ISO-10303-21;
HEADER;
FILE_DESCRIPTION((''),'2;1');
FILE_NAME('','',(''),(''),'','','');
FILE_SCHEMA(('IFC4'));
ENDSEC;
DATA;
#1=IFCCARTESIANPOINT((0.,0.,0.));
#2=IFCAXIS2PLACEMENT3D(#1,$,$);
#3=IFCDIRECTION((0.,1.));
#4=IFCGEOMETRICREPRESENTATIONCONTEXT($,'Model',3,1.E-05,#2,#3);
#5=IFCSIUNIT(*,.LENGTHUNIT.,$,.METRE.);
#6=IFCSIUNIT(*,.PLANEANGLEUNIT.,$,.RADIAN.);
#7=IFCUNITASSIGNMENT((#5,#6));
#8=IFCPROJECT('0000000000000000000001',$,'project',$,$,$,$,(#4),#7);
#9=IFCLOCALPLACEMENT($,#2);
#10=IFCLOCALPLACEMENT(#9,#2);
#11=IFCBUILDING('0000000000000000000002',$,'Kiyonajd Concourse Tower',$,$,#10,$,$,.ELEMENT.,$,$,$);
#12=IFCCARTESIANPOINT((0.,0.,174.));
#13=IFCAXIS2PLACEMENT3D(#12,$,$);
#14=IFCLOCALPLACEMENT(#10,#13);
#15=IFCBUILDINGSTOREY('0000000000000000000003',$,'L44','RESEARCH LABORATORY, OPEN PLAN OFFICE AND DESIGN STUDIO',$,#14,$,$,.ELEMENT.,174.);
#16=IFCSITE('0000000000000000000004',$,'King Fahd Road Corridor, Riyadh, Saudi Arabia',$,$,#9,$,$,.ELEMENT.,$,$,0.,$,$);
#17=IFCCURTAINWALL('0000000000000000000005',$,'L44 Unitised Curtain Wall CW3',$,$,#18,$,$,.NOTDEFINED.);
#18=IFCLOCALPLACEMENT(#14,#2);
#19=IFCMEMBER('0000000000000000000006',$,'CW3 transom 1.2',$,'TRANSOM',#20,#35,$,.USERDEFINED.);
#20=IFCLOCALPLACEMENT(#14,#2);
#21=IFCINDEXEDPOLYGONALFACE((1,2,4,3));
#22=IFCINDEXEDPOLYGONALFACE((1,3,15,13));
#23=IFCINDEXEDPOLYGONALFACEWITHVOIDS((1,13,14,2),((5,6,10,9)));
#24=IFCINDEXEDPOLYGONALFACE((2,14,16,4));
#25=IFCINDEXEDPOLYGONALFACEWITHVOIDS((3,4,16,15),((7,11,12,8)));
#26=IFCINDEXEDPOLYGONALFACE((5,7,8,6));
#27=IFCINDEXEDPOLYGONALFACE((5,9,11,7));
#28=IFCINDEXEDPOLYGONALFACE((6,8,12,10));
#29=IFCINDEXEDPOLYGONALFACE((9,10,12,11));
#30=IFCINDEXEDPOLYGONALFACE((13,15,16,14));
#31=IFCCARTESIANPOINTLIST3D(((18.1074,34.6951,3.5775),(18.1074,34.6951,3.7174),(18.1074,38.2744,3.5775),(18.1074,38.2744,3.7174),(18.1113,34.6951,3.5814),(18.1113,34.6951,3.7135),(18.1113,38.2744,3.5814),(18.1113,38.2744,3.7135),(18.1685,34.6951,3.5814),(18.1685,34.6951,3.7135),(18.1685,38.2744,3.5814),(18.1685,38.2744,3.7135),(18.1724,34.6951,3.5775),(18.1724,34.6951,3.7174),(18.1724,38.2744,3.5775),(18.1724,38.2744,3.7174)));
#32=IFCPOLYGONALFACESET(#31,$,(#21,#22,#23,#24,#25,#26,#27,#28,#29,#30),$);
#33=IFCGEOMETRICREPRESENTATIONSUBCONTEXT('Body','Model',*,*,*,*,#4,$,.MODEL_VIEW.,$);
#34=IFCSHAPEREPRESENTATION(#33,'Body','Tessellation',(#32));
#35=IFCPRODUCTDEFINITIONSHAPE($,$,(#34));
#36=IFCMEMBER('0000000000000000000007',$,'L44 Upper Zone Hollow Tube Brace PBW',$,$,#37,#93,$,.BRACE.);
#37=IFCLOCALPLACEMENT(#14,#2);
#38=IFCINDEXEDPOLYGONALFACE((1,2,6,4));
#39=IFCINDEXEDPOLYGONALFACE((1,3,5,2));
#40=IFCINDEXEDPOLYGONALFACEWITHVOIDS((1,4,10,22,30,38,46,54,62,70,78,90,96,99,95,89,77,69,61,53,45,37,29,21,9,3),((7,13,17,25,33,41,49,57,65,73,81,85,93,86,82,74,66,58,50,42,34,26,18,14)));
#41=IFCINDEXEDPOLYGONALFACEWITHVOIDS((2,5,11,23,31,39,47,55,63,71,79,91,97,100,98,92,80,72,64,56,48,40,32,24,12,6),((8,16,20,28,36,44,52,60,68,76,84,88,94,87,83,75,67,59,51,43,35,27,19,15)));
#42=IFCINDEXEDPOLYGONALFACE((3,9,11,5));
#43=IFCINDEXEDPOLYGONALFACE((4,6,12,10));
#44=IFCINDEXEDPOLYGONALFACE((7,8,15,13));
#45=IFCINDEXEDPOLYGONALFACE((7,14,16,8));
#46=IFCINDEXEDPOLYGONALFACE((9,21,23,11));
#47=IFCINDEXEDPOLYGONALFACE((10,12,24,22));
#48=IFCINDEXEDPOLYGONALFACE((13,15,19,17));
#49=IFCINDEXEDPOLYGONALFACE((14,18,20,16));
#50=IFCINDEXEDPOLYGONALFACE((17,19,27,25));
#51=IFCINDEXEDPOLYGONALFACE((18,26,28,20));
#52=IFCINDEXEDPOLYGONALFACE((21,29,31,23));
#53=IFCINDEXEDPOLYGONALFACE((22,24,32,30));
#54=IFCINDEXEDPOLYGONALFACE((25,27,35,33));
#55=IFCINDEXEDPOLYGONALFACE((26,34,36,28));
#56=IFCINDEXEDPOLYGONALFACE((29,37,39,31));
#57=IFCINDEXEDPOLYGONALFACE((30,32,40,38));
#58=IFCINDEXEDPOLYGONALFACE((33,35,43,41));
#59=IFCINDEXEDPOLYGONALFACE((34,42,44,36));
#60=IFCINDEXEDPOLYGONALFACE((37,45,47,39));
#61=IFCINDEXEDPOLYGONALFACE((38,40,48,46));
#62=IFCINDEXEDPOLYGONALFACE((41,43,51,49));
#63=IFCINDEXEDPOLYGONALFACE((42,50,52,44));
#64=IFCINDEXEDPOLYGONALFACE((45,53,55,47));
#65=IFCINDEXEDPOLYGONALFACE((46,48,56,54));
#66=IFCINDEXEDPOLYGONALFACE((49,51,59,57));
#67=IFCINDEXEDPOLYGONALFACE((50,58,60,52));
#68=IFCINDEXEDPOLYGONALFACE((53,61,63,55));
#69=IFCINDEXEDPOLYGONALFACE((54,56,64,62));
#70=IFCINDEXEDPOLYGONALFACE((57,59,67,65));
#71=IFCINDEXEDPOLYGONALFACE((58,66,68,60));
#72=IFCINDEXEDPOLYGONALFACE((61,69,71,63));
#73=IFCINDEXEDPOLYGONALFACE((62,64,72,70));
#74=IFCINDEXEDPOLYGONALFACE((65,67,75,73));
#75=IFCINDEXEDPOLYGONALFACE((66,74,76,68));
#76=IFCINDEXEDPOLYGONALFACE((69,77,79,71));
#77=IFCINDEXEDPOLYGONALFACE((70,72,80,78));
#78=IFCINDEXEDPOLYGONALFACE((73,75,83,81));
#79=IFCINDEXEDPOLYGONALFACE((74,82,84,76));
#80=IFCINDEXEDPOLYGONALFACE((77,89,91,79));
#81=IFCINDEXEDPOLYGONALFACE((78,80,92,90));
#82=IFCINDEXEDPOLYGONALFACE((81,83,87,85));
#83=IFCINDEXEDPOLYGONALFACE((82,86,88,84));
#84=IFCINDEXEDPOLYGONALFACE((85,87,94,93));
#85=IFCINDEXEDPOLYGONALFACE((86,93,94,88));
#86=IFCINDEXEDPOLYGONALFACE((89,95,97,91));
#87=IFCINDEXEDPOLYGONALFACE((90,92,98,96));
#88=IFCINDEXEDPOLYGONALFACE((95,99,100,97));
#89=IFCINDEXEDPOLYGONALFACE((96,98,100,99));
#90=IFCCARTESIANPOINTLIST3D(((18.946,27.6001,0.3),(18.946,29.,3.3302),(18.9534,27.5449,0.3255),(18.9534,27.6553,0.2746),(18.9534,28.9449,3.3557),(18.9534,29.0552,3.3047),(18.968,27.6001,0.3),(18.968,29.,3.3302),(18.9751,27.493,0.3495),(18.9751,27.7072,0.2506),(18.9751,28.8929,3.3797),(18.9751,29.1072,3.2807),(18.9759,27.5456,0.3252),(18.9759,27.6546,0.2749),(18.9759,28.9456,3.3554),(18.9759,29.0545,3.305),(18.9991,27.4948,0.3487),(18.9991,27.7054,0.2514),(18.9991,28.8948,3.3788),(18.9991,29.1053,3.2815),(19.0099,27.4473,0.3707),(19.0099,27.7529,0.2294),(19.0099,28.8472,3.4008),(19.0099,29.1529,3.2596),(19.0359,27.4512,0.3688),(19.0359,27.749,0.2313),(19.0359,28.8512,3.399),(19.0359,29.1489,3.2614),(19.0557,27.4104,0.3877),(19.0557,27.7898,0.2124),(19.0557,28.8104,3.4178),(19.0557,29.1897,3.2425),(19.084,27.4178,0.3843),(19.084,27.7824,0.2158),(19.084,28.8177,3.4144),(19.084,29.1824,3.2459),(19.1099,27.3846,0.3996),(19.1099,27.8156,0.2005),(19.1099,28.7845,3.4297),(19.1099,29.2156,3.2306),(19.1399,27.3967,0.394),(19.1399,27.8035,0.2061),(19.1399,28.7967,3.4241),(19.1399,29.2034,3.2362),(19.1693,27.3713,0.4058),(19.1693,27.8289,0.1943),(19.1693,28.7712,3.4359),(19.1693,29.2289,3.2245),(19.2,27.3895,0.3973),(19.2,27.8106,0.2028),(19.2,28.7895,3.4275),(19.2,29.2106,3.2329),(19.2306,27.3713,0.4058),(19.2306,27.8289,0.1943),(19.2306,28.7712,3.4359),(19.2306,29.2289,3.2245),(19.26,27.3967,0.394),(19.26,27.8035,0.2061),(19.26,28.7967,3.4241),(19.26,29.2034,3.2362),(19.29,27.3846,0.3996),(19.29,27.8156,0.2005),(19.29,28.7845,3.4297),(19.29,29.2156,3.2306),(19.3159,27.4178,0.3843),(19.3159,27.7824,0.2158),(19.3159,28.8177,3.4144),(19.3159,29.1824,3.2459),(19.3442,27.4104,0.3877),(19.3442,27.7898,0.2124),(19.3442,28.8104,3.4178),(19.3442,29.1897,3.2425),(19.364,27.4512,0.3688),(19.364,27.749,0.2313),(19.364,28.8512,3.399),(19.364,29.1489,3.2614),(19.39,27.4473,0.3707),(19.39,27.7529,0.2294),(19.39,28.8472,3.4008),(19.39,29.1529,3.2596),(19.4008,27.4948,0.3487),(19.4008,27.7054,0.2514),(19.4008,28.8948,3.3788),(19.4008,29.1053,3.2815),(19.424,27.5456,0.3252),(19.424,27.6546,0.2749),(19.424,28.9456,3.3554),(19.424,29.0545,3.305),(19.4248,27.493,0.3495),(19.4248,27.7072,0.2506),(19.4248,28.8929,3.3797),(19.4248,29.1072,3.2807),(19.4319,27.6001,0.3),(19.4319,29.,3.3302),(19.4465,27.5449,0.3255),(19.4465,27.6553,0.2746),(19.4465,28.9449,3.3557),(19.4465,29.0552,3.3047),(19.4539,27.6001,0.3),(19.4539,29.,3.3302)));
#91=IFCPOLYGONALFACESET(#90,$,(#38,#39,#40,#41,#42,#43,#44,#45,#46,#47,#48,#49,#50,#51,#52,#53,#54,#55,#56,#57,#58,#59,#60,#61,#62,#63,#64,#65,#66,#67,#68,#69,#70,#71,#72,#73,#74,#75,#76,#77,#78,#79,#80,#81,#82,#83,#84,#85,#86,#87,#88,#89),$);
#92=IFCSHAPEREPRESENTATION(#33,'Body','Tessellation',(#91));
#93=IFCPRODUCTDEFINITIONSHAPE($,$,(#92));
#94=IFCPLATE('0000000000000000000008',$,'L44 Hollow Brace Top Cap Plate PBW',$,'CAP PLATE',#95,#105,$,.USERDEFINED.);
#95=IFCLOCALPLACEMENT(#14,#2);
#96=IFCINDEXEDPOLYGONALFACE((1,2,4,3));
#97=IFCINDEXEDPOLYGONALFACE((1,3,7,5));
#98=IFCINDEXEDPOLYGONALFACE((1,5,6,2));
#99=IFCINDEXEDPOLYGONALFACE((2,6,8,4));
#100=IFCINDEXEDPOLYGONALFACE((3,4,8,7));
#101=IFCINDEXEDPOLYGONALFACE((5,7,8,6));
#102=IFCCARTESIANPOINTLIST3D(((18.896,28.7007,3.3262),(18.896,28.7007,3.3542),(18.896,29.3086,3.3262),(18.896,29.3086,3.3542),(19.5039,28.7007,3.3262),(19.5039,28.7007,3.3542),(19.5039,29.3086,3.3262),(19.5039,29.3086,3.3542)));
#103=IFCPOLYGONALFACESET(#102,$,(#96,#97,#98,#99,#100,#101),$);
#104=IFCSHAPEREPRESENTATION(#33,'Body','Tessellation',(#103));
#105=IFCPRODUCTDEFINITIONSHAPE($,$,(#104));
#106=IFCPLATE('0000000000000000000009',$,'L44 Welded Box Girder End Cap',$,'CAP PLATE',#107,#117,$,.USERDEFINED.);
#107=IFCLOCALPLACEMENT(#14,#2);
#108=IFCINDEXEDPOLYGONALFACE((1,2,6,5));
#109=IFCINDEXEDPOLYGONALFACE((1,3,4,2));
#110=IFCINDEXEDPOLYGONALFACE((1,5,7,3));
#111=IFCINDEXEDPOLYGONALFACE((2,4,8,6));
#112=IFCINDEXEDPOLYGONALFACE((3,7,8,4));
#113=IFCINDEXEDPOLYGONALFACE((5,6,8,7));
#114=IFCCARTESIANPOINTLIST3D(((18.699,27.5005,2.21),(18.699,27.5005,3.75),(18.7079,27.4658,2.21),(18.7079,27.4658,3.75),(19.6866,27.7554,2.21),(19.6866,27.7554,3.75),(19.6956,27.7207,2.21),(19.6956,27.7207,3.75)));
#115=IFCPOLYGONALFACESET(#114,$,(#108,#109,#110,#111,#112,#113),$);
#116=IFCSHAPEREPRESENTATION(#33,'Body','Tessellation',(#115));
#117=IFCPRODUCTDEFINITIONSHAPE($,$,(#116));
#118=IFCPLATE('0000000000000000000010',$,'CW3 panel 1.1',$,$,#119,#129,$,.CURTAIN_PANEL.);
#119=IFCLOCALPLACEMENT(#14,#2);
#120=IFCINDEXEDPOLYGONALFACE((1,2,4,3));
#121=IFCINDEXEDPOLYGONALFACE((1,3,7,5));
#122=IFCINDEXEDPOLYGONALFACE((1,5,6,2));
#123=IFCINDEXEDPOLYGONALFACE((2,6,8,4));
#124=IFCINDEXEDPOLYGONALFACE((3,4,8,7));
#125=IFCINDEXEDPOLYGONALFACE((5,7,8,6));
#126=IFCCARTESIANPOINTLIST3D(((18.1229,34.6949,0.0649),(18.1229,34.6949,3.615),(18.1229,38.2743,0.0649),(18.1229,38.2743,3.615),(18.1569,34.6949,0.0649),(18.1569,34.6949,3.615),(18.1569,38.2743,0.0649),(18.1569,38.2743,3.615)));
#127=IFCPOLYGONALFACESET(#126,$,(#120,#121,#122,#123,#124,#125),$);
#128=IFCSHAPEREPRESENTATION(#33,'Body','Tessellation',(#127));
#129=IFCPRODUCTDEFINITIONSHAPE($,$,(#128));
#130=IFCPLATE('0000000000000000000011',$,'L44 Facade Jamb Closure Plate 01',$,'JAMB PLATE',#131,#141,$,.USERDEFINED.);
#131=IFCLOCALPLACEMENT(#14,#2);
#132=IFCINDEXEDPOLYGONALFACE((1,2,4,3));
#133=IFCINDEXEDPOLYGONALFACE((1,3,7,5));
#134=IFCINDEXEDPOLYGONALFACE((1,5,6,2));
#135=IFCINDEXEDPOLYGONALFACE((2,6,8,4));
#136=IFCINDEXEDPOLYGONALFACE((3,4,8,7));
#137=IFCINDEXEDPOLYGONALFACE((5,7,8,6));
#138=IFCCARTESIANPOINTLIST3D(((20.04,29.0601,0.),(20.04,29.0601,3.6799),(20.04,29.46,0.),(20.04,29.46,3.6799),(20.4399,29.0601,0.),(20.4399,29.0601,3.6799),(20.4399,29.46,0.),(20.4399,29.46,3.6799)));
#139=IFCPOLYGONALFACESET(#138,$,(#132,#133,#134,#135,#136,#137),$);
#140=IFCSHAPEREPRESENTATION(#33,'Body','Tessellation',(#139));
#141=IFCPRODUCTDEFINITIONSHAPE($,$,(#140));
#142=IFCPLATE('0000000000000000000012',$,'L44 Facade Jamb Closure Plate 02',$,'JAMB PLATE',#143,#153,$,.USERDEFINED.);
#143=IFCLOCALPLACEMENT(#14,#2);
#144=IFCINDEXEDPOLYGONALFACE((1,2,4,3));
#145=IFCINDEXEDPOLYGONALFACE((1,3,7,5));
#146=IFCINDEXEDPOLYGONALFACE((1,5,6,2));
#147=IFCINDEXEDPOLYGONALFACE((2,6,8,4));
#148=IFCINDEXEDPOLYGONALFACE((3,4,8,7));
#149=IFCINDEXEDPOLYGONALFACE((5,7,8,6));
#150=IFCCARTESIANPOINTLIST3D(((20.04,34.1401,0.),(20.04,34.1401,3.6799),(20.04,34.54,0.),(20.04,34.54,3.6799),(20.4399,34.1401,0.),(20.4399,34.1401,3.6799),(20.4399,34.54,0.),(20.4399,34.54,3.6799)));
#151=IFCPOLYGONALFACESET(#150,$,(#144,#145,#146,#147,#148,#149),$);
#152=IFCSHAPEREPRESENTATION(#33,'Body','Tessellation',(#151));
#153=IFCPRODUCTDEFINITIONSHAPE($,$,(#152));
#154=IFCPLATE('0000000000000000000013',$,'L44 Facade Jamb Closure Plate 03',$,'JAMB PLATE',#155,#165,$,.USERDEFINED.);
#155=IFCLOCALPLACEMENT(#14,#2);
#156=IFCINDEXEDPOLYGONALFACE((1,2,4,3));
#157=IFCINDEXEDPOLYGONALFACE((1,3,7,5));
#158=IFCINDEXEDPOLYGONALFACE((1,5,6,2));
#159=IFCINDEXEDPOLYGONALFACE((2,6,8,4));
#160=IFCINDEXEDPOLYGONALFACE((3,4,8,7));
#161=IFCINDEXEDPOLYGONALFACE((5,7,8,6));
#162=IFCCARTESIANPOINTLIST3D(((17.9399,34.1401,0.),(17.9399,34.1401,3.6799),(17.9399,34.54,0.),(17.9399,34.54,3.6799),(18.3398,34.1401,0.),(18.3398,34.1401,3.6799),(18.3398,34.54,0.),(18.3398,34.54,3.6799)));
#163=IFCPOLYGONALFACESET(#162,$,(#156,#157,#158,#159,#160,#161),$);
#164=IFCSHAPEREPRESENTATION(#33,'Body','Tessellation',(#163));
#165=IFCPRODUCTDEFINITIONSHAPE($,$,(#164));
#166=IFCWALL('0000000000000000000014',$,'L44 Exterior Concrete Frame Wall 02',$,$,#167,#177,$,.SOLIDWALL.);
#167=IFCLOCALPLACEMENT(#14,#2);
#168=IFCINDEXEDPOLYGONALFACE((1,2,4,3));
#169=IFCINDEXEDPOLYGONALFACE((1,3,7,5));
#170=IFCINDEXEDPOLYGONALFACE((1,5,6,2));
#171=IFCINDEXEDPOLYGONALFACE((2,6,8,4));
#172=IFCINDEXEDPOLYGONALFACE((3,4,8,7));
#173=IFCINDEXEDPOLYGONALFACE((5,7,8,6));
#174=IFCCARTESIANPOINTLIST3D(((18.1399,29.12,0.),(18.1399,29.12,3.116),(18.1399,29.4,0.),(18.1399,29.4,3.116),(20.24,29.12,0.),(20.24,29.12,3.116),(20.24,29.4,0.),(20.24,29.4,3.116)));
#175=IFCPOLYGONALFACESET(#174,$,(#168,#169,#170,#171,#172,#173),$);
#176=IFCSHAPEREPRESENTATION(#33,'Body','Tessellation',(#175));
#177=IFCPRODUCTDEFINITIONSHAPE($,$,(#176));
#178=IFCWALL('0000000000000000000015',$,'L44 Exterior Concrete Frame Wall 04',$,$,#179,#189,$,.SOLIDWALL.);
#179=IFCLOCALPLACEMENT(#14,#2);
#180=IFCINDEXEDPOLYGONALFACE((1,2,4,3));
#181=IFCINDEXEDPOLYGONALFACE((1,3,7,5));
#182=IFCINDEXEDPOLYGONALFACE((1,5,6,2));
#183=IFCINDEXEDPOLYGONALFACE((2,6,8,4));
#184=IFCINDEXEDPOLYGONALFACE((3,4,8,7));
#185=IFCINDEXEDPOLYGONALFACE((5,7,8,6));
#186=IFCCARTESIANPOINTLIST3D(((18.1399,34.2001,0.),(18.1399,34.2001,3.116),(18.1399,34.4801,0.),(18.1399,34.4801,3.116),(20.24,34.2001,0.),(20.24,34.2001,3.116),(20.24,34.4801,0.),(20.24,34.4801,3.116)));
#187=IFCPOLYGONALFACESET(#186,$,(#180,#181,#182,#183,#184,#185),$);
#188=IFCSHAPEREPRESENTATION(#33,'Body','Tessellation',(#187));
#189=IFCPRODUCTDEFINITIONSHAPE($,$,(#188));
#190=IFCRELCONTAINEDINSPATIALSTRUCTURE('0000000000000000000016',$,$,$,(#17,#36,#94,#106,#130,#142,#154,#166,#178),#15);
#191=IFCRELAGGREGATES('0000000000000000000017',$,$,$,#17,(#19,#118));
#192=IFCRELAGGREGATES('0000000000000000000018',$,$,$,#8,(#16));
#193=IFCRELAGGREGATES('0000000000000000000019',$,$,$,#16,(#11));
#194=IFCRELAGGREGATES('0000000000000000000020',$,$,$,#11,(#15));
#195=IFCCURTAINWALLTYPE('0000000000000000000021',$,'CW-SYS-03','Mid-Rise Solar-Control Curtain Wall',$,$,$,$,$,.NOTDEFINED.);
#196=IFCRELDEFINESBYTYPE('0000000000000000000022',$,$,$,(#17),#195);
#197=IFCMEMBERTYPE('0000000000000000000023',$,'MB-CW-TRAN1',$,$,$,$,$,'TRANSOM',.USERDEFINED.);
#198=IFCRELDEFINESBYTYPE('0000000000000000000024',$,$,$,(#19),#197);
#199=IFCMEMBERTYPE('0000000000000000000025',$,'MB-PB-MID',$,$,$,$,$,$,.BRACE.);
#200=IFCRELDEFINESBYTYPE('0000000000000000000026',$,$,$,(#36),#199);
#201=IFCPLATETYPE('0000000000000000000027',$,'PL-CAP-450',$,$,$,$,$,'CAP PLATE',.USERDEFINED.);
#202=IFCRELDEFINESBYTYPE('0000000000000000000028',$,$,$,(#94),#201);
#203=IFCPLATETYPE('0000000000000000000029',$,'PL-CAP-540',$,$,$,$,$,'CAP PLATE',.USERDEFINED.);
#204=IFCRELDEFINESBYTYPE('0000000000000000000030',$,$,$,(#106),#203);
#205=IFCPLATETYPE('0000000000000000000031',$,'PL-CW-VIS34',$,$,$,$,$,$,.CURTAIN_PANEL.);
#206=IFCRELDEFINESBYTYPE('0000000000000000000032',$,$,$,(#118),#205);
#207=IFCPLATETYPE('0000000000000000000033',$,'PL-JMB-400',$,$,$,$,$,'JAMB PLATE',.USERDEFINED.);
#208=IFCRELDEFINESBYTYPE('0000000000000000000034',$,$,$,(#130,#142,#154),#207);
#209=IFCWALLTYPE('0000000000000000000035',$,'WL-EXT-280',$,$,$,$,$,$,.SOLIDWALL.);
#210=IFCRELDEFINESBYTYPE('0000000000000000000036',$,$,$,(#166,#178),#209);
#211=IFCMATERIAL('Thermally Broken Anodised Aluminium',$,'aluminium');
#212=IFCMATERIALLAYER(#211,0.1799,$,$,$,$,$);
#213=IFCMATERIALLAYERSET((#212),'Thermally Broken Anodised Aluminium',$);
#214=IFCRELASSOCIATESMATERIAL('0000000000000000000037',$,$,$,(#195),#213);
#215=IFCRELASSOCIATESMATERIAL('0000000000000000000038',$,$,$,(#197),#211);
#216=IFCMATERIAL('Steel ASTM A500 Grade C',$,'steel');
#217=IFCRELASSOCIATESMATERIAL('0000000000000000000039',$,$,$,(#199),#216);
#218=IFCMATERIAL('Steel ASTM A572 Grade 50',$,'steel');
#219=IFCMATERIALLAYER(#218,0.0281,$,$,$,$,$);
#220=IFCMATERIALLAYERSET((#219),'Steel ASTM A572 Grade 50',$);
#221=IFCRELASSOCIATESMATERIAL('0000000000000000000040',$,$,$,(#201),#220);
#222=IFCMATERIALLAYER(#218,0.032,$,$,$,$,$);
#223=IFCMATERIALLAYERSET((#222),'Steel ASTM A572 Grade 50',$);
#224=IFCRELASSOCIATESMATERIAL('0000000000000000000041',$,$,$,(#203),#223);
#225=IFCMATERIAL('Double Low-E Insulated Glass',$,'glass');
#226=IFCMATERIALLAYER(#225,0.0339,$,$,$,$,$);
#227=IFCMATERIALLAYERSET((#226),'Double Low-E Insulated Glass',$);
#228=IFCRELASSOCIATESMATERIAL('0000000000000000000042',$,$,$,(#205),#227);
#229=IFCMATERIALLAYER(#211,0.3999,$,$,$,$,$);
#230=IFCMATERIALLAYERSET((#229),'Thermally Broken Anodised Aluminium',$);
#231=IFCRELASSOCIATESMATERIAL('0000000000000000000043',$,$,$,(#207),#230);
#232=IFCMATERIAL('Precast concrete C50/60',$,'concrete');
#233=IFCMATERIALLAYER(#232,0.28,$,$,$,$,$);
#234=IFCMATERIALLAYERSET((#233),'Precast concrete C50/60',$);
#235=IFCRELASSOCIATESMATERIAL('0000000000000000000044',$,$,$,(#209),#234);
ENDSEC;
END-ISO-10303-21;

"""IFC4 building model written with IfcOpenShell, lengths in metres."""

from ifc_helpers import new_model, si_unit, direction, frame, frame_2d, origin, origin_2d, place, context, subcontext, project, spatial, rectangle, hollow_rectangle, hollow_circle, extrude, material, layer, layer_set, material_profile, profile_set, type_object, element, aggregate, save


model = new_model("IFC4")

# Units and contexts
model_context = context("Model", 3, precision=1e-05, world=origin(), true_north=direction((0.0, 1.0)))
body_context = subcontext(model_context, "Body", "Model", "MODEL_VIEW")
ifc_project = project(units=[si_unit("LENGTHUNIT", "METRE"), si_unit("PLANEANGLEUNIT", "RADIAN")], contexts=[model_context])

# Site, building, storey
site_placement = place(None, origin())
site = spatial("IfcSite", under=ifc_project, at=site_placement, Name="King Fahd Road Corridor, Riyadh, Saudi Arabia", CompositionType="ELEMENT", RefElevation=0.0)
building_placement = place(site_placement, origin())
building = spatial("IfcBuilding", under=site, at=building_placement, Name="Kiyonajd Concourse Tower", CompositionType="ELEMENT")
storey_placement = place(building_placement, frame((0.0, 0.0, 174.0)))
storey = spatial("IfcBuildingStorey", under=building, at=storey_placement, Name="L44", Description="RESEARCH LABORATORY, OPEN PLAN OFFICE AND DESIGN STUDIO", CompositionType="ELEMENT", Elevation=174.0)

# Shared definitions
ifc_material_1 = material(Name="Steel ASTM A572 Grade 50", Category="steel")

# Curtain wall, member
ifc_material_2 = material(Name="Thermally Broken Anodised Aluminium", Category="aluminium")
ifc_layer_1 = layer(ifc_material_2, 0.1799)
ifc_layer_set_1 = layer_set([ifc_layer_1], Name="Thermally Broken Anodised Aluminium")
curtain_wall_type = type_object("IfcCurtainWallType", Name="CW-SYS-03", Description="Mid-Rise Solar-Control Curtain Wall", PredefinedType="NOTDEFINED", material=ifc_layer_set_1)
curtain_wall_placement = place(storey_placement, origin())
curtain_wall = element("IfcCurtainWall", 1, at=curtain_wall_placement, inside=storey, type_object=curtain_wall_type, Name="L44 Unitised Curtain Wall CW3", PredefinedType="NOTDEFINED")
ifc_material_profile_1 = material_profile(ifc_material_2, hollow_rectangle(XDim=0.0649, YDim=0.1399, WallThickness=0.0039, at=origin_2d()), Name="TRAN-65x140")
ifc_profile_set_1 = profile_set([ifc_material_profile_1], Name="Thermally Broken Anodised Aluminium")
member_type_1 = type_object("IfcMemberType", Name="MB-CW-TRAN1", ElementType="TRANSOM", PredefinedType="USERDEFINED", material=ifc_profile_set_1)
member_1_placement = place(storey_placement, frame((18.1399, 34.6951, 3.6475), z_axis=(0.0, 1.0, 0.0), x_axis=(-1.0, 0.0, 0.0)))
member_1 = element("IfcMember", 2, at=member_1_placement, type_object=member_type_1, Name="CW3 transom 1.2", ObjectType="TRANSOM", PredefinedType="USERDEFINED", context=body_context, shape_type="SweptSolid", body=[
    extrude(hollow_rectangle(XDim=0.0649, YDim=0.1399, WallThickness=0.0039, at=origin_2d()), origin(), (0.0, 0.0, 1.0), 3.5793),
])

# Member
ifc_material_3 = material(Name="Steel ASTM A500 Grade C", Category="steel")
ifc_material_profile_2 = material_profile(ifc_material_3, hollow_circle(Radius=0.2539, WallThickness=0.022, at=origin_2d()), Name="CHS-508x22")
ifc_profile_set_2 = profile_set([ifc_material_profile_2], Name="Steel ASTM A500 Grade C")
member_type_2 = type_object("IfcMemberType", Name="MB-PB-MID", PredefinedType="BRACE", material=ifc_profile_set_2)
member_2_placement = place(storey_placement, frame((19.2, 27.6001, 0.3), z_axis=(0.0, 0.419411, 0.907797), x_axis=(-1.0, 0.0, 0.0)))
element("IfcMember", 3, at=member_2_placement, inside=storey, type_object=member_type_2, Name="L44 Upper Zone Hollow Tube Brace PBW", PredefinedType="BRACE", context=body_context, shape_type="SweptSolid", body=[
    extrude(hollow_circle(Radius=0.2539, WallThickness=0.022, at=origin_2d()), origin(), (0.0, 0.0, 1.0), 3.3379),
])

# Plates
ifc_layer_2 = layer(ifc_material_1, 0.0281)
ifc_layer_set_2 = layer_set([ifc_layer_2], Name="Steel ASTM A572 Grade 50")
plate_type_1 = type_object("IfcPlateType", Name="PL-CAP-450", ElementType="CAP PLATE", PredefinedType="USERDEFINED", material=ifc_layer_set_2)
plate_1_placement = place(storey_placement, frame((19.2, 29.0046, 3.3262), z_axis=(0.0, 0.0, 1.0), x_axis=(1.0, 0.0, 0.0)))
element("IfcPlate", 4, at=plate_1_placement, inside=storey, type_object=plate_type_1, Name="L44 Hollow Brace Top Cap Plate PBW", ObjectType="CAP PLATE", PredefinedType="USERDEFINED", context=body_context, shape_type="SweptSolid", body=[
    extrude(rectangle(XDim=0.6079, YDim=0.6079, at=origin_2d()), origin(), (0.0, 0.0, 1.0), 0.0281),
])
ifc_layer_3 = layer(ifc_material_1, 0.032)
ifc_layer_set_3 = layer_set([ifc_layer_3], Name="Steel ASTM A572 Grade 50")
plate_type_2 = type_object("IfcPlateType", Name="PL-CAP-540", ElementType="CAP PLATE", PredefinedType="USERDEFINED", material=ifc_layer_set_3)
plate_2_placement = place(storey_placement, frame((19.1973, 27.6106, 2.21), z_axis=(0.0, 0.0, 1.0), x_axis=(-0.249873, 0.968279, 0.0)))
element("IfcPlate", 5, at=plate_2_placement, inside=storey, type_object=plate_type_2, Name="L44 Welded Box Girder End Cap", ObjectType="CAP PLATE", PredefinedType="USERDEFINED", context=body_context, shape_type="SweptSolid", body=[
    extrude(rectangle(XDim=0.0359, YDim=1.02, at=origin_2d()), origin(), (0.0, 0.0, 1.0), 1.54),
])

# Plate
ifc_material_4 = material(Name="Double Low-E Insulated Glass", Category="glass")
ifc_layer_4 = layer(ifc_material_4, 0.0339)
ifc_layer_set_4 = layer_set([ifc_layer_4], Name="Double Low-E Insulated Glass")
plate_type_3 = type_object("IfcPlateType", Name="PL-CW-VIS34", PredefinedType="CURTAIN_PANEL", material=ifc_layer_set_4)
plate_3_placement = place(storey_placement, frame((18.1399, 36.4846, 0.0649), z_axis=(0.0, 0.0, 1.0), x_axis=(0.0, 1.0, 0.0)))
plate_3 = element("IfcPlate", 6, at=plate_3_placement, type_object=plate_type_3, Name="CW3 panel 1.1", PredefinedType="CURTAIN_PANEL", context=body_context, shape_type="SweptSolid", body=[
    extrude(rectangle(XDim=3.5793, YDim=0.0339, at=origin_2d()), origin(), (0.0, 0.0, 1.0), 3.55),
])
aggregate(curtain_wall, [member_1, plate_3])

# Plates
ifc_layer_5 = layer(ifc_material_2, 0.3999)
ifc_layer_set_5 = layer_set([ifc_layer_5], Name="Thermally Broken Anodised Aluminium")
plate_type_4 = type_object("IfcPlateType", Name="PL-JMB-400", ElementType="JAMB PLATE", PredefinedType="USERDEFINED", material=ifc_layer_set_5)
for number, where, z_axis, x_axis, name in (
    (7, (20.24, 29.26, 0.0), (0.0, 0.0, 1.0), (1.0, 0.0, 0.0), "L44 Facade Jamb Closure Plate 01"),
    (8, (20.24, 34.3401, 0.0), (0.0, 0.0, 1.0), (1.0, 0.0, 0.0), "L44 Facade Jamb Closure Plate 02"),
    (9, (18.1399, 34.3401, 0.0), (0.0, 0.0, 1.0), (1.0, 0.0, 0.0), "L44 Facade Jamb Closure Plate 03"),
):
    element("IfcPlate", number, at=place(storey_placement, frame(where, z_axis=z_axis, x_axis=x_axis)), inside=storey, type_object=plate_type_4, Name=name, ObjectType="JAMB PLATE", PredefinedType="USERDEFINED", context=body_context, shape_type="SweptSolid", body=[
        extrude(rectangle(XDim=0.3999, YDim=0.3999, at=origin_2d()), origin(), (0.0, 0.0, 1.0), 3.6799),
    ])

# Walls
ifc_material_5 = material(Name="Precast concrete C50/60", Category="concrete")
ifc_layer_6 = layer(ifc_material_5, 0.28)
ifc_layer_set_6 = layer_set([ifc_layer_6], Name="Precast concrete C50/60")
wall_type_1 = type_object("IfcWallType", Name="WL-EXT-280", PredefinedType="SOLIDWALL", material=ifc_layer_set_6)
for number, where, z_axis, x_axis, name in (
    (10, (18.1399, 29.26, 0.0), (0.0, 0.0, 1.0), (1.0, 0.0, 0.0), "L44 Exterior Concrete Frame Wall 02"),
    (11, (20.24, 34.3401, 0.0), (0.0, 0.0, 1.0), (-1.0, 0.0, 0.0), "L44 Exterior Concrete Frame Wall 04"),
):
    element("IfcWall", number, at=place(storey_placement, frame(where, z_axis=z_axis, x_axis=x_axis)), inside=storey, type_object=wall_type_1, Name=name, PredefinedType="SOLIDWALL", context=body_context, shape_type="SweptSolid", body=[
        extrude(rectangle(XDim=2.1001, YDim=0.28, at=frame_2d((1.05, 0.0))), origin(), (0.0, 0.0, 1.0), 3.116),
    ])

save(model, "model.ifc")
